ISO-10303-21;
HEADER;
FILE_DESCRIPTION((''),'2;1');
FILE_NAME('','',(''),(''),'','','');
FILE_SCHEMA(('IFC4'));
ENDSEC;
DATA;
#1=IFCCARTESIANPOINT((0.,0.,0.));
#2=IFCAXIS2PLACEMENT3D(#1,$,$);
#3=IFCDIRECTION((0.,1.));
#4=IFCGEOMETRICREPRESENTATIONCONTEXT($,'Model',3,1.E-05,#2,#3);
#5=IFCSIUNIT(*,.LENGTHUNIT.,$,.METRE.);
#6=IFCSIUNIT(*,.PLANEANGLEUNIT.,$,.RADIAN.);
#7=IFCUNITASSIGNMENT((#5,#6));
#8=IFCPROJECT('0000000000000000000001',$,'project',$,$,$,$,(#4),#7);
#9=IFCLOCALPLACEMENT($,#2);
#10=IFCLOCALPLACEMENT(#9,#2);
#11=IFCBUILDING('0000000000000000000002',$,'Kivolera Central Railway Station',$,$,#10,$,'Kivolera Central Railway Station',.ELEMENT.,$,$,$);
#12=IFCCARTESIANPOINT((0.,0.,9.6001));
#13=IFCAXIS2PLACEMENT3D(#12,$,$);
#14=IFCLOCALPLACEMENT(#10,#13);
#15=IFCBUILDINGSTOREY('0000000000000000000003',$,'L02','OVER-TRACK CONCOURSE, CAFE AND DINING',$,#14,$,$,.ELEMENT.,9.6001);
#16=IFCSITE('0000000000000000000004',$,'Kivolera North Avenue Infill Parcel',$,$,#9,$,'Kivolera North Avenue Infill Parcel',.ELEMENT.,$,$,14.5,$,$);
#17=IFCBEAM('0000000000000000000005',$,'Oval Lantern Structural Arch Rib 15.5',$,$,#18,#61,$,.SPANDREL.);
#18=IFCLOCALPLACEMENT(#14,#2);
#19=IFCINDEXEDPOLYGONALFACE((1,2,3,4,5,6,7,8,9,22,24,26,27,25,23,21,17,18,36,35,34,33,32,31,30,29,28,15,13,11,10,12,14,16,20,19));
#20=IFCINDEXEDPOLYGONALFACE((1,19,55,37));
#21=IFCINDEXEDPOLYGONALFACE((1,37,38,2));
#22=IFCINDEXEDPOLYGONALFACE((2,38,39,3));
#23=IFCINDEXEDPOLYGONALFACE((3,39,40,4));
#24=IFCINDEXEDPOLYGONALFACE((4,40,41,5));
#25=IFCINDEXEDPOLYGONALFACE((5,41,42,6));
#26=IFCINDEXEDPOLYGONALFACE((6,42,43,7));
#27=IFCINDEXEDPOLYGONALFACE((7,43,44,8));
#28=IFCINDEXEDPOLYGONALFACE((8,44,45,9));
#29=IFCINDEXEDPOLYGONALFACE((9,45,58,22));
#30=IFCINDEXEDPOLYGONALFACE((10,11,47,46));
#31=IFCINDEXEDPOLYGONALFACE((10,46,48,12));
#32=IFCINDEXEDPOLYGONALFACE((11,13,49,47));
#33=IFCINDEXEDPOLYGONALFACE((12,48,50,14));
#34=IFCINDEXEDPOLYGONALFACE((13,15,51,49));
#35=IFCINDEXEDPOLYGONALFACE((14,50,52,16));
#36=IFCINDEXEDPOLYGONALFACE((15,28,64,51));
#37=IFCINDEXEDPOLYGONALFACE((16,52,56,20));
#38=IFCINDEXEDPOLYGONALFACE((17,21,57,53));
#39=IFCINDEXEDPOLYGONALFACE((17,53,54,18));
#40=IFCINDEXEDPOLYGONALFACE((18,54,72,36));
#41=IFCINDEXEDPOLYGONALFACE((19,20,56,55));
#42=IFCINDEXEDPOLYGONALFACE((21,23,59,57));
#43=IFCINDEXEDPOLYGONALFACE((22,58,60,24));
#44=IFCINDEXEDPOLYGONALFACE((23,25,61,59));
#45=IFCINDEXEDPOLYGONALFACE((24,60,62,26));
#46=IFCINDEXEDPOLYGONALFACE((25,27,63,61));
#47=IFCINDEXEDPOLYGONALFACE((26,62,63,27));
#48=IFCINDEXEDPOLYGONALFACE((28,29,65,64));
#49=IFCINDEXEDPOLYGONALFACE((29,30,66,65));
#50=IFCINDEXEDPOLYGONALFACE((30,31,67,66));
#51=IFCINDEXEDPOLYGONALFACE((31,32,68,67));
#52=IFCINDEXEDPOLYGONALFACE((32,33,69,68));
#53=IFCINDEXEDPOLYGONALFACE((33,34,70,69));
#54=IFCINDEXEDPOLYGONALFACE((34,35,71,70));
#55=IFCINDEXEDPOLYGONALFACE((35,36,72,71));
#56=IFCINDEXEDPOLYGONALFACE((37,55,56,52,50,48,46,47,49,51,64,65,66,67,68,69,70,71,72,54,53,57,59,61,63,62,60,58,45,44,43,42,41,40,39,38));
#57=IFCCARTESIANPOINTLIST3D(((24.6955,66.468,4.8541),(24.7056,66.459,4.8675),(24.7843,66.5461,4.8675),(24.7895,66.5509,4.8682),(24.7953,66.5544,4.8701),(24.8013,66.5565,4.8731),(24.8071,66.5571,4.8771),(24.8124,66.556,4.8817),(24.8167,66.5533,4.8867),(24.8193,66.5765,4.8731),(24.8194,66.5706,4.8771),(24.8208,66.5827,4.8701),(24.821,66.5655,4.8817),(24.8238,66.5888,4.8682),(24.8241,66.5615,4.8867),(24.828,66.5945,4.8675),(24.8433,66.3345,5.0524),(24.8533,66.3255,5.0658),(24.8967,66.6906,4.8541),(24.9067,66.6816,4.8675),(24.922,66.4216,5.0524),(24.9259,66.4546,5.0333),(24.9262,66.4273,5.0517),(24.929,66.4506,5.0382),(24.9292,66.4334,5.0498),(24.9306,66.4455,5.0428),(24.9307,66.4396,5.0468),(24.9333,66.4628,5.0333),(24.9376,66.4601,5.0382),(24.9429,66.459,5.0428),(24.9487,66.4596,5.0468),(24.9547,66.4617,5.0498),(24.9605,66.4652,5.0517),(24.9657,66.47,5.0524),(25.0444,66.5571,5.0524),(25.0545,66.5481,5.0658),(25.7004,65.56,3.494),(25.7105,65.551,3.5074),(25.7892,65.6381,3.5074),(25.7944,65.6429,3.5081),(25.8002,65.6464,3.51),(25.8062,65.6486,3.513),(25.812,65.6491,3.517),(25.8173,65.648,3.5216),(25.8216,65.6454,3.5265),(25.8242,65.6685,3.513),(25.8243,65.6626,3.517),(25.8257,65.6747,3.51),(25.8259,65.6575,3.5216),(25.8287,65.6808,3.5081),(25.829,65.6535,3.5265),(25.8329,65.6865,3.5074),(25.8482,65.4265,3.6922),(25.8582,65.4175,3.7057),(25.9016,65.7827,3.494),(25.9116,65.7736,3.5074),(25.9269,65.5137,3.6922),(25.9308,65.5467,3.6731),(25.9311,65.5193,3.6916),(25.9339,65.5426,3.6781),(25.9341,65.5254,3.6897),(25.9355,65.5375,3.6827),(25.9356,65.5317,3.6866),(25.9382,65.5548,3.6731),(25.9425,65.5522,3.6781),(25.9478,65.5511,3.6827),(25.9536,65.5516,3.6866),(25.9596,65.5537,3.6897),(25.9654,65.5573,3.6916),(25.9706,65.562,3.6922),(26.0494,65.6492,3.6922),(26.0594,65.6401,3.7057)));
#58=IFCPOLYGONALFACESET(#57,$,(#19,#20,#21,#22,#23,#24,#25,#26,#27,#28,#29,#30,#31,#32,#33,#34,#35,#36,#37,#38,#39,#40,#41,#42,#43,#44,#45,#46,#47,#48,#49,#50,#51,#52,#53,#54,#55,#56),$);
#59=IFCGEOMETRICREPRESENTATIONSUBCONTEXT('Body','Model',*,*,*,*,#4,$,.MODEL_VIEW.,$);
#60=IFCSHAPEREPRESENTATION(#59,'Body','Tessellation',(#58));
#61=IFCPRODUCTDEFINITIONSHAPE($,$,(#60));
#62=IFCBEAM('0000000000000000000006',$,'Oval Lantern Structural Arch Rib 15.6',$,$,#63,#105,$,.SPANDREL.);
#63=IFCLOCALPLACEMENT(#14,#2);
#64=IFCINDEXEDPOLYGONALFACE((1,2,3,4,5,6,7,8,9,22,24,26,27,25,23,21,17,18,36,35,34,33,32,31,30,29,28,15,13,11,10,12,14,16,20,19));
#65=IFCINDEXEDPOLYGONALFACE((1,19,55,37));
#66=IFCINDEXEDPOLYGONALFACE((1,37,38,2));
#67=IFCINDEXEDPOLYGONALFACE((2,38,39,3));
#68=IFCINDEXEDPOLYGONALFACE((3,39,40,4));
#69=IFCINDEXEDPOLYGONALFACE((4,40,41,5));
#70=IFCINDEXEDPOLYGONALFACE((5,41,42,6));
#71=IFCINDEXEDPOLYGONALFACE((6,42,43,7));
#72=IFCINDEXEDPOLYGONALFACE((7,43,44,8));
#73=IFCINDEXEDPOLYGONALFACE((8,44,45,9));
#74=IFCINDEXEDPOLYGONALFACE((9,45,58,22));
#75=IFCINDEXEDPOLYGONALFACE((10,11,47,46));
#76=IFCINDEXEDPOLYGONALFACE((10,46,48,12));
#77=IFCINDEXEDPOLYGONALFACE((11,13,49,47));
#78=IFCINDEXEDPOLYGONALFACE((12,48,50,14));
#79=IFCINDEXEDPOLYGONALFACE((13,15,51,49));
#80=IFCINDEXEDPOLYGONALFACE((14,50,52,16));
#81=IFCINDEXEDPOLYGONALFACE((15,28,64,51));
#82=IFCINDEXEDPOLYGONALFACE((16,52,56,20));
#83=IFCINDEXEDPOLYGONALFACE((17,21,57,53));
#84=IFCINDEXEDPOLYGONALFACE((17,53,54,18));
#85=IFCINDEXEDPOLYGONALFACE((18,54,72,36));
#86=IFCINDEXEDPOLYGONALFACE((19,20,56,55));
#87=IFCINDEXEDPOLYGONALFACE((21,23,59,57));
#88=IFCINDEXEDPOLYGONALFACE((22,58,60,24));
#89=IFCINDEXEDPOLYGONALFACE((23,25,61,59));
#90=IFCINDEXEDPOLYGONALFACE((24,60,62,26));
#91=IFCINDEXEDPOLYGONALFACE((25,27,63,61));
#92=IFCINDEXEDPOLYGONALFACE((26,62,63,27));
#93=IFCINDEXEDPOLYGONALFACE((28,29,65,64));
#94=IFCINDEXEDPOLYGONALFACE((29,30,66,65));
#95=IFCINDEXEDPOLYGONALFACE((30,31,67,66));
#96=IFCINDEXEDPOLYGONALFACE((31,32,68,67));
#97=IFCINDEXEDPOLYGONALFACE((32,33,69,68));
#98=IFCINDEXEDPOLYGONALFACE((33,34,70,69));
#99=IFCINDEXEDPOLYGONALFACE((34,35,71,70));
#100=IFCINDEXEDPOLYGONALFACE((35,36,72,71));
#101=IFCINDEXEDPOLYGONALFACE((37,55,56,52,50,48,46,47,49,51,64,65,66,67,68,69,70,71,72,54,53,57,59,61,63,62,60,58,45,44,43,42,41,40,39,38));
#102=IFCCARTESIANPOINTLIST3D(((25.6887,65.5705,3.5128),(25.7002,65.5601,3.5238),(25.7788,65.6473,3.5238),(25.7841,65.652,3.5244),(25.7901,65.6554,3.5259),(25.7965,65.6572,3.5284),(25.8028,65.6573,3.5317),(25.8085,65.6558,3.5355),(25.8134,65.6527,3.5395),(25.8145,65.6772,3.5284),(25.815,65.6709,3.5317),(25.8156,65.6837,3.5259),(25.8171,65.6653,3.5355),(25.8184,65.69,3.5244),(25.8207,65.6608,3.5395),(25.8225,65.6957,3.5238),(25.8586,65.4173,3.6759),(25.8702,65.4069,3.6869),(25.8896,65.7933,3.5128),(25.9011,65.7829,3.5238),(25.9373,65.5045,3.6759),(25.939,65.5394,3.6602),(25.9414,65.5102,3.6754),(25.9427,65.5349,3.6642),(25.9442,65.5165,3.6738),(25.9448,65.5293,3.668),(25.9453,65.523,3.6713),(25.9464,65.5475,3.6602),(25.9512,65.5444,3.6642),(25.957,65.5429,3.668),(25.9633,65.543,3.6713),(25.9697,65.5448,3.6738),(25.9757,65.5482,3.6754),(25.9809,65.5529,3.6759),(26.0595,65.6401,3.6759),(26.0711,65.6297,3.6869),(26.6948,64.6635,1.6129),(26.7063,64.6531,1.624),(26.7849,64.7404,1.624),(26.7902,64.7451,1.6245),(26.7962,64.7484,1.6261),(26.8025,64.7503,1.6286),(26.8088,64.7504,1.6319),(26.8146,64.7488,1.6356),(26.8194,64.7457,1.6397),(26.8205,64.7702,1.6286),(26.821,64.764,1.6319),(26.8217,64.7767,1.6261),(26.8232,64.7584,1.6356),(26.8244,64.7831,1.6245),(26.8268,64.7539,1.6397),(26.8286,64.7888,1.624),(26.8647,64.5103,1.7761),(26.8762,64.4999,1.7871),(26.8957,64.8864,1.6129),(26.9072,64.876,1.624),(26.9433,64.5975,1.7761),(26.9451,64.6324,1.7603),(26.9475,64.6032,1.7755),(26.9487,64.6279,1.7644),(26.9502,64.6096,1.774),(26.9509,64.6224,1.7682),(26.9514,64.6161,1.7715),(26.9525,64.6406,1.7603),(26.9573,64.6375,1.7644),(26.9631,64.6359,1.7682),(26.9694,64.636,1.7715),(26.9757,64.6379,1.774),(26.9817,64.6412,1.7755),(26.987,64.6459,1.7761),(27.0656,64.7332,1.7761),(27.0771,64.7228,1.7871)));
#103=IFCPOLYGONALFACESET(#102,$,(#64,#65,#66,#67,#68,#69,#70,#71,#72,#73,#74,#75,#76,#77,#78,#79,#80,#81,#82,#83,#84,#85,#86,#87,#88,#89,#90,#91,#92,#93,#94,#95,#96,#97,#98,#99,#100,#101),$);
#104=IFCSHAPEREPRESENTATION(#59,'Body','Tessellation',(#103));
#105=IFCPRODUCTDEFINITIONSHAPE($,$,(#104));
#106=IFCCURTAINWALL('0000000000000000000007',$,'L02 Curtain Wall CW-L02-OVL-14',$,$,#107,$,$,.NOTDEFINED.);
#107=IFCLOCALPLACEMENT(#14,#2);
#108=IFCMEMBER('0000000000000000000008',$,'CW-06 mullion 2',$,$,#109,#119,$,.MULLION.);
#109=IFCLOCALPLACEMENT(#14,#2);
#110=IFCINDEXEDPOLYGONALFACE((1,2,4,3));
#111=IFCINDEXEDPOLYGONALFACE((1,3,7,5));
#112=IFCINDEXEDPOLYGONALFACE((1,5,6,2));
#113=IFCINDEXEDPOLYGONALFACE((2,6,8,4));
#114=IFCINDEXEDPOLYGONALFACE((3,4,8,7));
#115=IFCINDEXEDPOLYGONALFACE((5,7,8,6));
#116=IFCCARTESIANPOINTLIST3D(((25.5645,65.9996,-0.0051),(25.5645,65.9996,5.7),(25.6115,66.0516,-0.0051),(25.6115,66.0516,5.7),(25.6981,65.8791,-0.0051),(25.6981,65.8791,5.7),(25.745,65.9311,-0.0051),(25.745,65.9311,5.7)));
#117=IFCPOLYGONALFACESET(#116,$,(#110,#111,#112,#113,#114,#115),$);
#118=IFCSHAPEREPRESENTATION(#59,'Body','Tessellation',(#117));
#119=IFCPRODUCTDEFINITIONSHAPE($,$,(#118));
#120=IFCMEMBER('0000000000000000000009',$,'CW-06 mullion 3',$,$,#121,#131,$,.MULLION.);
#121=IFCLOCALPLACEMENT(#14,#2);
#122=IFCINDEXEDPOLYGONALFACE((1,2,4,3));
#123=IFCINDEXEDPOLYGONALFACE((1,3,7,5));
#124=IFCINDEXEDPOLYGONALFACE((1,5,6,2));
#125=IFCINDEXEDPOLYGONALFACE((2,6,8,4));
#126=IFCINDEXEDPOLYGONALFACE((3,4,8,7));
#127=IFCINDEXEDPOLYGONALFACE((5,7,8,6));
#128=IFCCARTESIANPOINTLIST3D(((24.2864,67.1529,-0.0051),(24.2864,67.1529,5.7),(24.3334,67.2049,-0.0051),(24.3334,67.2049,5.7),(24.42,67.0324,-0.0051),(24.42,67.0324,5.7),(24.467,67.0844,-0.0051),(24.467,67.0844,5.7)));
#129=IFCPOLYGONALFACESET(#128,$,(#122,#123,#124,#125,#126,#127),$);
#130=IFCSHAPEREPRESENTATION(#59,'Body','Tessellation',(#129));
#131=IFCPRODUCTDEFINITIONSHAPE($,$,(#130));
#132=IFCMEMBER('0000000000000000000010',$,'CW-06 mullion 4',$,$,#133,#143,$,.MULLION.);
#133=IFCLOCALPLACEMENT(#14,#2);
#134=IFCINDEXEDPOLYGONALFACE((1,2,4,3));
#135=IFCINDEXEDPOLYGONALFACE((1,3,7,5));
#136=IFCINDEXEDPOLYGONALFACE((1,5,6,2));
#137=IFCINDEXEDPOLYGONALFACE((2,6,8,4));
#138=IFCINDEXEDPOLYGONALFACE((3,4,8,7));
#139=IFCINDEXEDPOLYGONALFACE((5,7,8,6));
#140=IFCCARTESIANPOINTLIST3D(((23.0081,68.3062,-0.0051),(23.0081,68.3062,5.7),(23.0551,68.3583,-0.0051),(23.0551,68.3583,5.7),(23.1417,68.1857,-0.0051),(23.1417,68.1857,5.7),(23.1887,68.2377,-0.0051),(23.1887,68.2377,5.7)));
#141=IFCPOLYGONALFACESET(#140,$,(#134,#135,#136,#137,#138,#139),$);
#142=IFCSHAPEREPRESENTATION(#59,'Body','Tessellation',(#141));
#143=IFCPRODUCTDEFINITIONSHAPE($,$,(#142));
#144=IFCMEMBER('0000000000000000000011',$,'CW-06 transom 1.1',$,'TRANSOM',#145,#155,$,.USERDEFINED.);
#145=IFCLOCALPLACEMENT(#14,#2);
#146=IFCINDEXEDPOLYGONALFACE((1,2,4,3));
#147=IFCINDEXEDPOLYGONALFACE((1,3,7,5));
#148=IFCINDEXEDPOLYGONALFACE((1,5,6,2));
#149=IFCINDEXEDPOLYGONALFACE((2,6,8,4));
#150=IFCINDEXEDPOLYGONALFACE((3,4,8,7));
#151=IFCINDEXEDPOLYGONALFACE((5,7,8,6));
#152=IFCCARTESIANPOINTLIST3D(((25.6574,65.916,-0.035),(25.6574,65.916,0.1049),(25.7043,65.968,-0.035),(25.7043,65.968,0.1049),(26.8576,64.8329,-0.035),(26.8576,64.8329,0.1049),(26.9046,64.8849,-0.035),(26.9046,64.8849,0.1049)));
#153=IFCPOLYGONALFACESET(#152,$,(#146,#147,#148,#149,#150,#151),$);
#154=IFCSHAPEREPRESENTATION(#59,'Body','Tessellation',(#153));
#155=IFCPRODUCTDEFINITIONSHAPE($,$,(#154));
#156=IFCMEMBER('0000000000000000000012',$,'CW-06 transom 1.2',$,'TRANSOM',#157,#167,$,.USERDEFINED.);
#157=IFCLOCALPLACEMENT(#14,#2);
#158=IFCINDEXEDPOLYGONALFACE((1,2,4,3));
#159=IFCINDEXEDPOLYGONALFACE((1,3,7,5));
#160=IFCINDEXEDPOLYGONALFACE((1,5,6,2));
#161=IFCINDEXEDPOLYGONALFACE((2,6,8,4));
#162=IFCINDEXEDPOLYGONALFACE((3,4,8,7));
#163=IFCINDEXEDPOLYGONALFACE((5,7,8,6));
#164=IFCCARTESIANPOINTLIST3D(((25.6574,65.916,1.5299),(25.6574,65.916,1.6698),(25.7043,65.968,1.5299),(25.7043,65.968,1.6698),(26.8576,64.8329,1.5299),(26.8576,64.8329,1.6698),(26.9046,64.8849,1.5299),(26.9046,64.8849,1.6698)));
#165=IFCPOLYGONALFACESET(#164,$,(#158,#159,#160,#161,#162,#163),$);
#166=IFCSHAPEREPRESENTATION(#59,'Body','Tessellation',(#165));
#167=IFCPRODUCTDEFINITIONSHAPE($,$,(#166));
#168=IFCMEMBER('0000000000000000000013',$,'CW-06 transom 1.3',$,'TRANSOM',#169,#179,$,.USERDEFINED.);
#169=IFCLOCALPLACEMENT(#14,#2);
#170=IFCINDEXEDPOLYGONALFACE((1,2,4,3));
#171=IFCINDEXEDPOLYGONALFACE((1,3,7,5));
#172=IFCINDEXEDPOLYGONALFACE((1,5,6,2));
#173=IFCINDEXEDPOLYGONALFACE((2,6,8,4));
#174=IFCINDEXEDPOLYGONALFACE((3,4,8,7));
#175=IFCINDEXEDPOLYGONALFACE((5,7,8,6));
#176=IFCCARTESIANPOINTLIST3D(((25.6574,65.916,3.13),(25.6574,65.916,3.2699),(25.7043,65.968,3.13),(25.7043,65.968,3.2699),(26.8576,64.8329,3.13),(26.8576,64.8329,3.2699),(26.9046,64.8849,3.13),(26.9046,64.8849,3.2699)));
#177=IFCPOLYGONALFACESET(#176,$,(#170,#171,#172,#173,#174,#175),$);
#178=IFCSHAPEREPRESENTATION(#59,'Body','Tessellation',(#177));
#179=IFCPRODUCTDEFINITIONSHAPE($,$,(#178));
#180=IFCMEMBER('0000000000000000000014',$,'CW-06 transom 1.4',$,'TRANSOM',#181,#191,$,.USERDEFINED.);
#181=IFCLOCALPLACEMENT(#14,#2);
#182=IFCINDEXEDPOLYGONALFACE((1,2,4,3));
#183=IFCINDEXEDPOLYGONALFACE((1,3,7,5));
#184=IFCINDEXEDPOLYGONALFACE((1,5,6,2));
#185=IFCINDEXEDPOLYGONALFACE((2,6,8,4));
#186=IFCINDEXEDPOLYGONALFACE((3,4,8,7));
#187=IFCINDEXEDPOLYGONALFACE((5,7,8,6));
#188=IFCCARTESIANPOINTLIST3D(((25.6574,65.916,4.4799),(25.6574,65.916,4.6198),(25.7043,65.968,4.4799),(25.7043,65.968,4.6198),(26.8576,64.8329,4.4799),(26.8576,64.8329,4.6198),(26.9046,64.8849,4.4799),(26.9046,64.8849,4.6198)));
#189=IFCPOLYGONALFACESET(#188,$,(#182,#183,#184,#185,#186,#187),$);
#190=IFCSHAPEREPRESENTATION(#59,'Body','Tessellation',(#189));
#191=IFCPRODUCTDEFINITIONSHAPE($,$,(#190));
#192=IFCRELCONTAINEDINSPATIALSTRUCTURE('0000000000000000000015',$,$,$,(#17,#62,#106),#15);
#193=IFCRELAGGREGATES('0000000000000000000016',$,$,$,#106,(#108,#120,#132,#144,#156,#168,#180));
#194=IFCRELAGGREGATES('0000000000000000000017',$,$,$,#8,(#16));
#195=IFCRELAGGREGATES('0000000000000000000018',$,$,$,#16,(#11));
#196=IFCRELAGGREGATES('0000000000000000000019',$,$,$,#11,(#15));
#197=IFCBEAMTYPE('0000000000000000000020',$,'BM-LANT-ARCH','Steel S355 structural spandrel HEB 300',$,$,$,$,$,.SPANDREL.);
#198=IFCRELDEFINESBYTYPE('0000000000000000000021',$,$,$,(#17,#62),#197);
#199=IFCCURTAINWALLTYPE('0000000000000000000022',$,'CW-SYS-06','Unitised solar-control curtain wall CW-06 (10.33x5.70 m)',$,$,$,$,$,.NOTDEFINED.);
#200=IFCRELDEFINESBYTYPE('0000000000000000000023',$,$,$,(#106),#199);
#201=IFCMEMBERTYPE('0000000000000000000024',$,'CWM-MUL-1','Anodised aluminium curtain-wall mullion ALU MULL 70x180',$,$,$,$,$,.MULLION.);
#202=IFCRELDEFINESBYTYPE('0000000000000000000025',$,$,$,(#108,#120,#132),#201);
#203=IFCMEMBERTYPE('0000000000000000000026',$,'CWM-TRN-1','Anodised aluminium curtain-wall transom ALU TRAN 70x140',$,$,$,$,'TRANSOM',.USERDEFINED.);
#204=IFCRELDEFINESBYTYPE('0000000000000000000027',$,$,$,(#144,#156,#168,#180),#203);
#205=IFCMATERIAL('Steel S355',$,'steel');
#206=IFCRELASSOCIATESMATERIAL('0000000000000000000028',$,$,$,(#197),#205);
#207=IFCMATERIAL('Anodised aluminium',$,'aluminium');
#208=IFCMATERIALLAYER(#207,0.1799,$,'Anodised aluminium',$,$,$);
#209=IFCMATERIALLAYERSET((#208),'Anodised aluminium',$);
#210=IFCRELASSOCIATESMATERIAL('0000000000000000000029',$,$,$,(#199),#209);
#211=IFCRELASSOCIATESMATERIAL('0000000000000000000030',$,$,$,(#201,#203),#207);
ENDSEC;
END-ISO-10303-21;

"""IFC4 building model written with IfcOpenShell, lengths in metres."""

from ifc_helpers import new_model, si_unit, direction, frame, origin, origin_2d, place, context, subcontext, project, spatial, rectangle, i_section, extrude, material, layer, layer_set, material_profile, profile_set, type_object, element, aggregate, save


model = new_model("IFC4")

# Units and contexts
model_context = context("Model", 3, precision=1e-05, world=origin(), true_north=direction((0.0, 1.0)))
body_context = subcontext(model_context, "Body", "Model", "MODEL_VIEW")
ifc_project = project(units=[si_unit("LENGTHUNIT", "METRE"), si_unit("PLANEANGLEUNIT", "RADIAN")], contexts=[model_context])

# Site, building, storey
site_placement = place(None, origin())
site = spatial("IfcSite", under=ifc_project, at=site_placement, Name="Kivolera North Avenue Infill Parcel", LongName="Kivolera North Avenue Infill Parcel", CompositionType="ELEMENT", RefElevation=14.5)
building_placement = place(site_placement, origin())
building = spatial("IfcBuilding", under=site, at=building_placement, Name="Kivolera Central Railway Station", LongName="Kivolera Central Railway Station", CompositionType="ELEMENT")
storey_placement = place(building_placement, frame((0.0, 0.0, 9.6001)))
storey = spatial("IfcBuildingStorey", under=building, at=storey_placement, Name="L02", Description="OVER-TRACK CONCOURSE, CAFE AND DINING", CompositionType="ELEMENT", Elevation=9.6001)

# Beams
ifc_material_1 = material(Name="Steel S355", Category="steel")
ifc_material_profile_1 = material_profile(ifc_material_1, i_section(OverallWidth=0.3, OverallDepth=0.3, WebThickness=0.011, FlangeThickness=0.019, FilletRadius=0.0271, at=origin_2d()), Name="HEB 300")
ifc_profile_set_1 = profile_set([ifc_material_profile_1], Name="Steel S355")
beam_type = type_object("IfcBeamType", Name="BM-LANT-ARCH", Description="Steel S355 structural spandrel HEB 300", PredefinedType="SPANDREL", material=ifc_profile_set_1)
beam_1_placement = place(storey_placement, frame((24.875, 66.5081, 4.96), z_axis=(0.523542, -0.473045, -0.708613), x_axis=(0.670418, 0.741984, 0.0)))
element("IfcBeam", 1, at=beam_1_placement, inside=storey, type_object=beam_type, Name="Oval Lantern Structural Arch Rib 15.5", PredefinedType="SPANDREL", context=body_context, shape_type="SweptSolid", body=[
    extrude(i_section(OverallWidth=0.3, OverallDepth=0.3, WebThickness=0.011, FlangeThickness=0.019, FilletRadius=0.0271, at=origin_2d()), origin(), (0.0, 0.0, 1.0), 1.9194),
])
beam_2_placement = place(storey_placement, frame((25.8799, 65.6001, 3.5999), z_axis=(0.431185, -0.388705, -0.81424), x_axis=(0.669572, 0.742747, 0.0)))
element("IfcBeam", 2, at=beam_2_placement, inside=storey, type_object=beam_type, Name="Oval Lantern Structural Arch Rib 15.6", PredefinedType="SPANDREL", context=body_context, shape_type="SweptSolid", body=[
    extrude(i_section(OverallWidth=0.3, OverallDepth=0.3, WebThickness=0.011, FlangeThickness=0.019, FilletRadius=0.0271, at=origin_2d()), origin(), (0.0, 0.0, 1.0), 2.3333),
])

# Curtain wall, members
ifc_material_2 = material(Name="Anodised aluminium", Category="aluminium")
ifc_layer_1 = layer(ifc_material_2, 0.1799, Name="Anodised aluminium")
ifc_layer_set_1 = layer_set([ifc_layer_1], Name="Anodised aluminium")
curtain_wall_type = type_object("IfcCurtainWallType", Name="CW-SYS-06", Description="Unitised solar-control curtain wall CW-06 (10.33x5.70 m)", PredefinedType="NOTDEFINED", material=ifc_layer_set_1)
curtain_wall_placement = place(storey_placement, origin())
curtain_wall = element("IfcCurtainWall", 3, at=curtain_wall_placement, inside=storey, type_object=curtain_wall_type, Name="L02 Curtain Wall CW-L02-OVL-14", PredefinedType="NOTDEFINED")
ifc_material_profile_2 = material_profile(ifc_material_2, rectangle(XDim=0.0701, YDim=0.1799, at=origin_2d()), Name="ALU MULL 70x180")
ifc_profile_set_2 = profile_set([ifc_material_profile_2], Name="Anodised aluminium")
member_type_1 = type_object("IfcMemberType", Name="CWM-MUL-1", Description="Anodised aluminium curtain-wall mullion ALU MULL 70x180", PredefinedType="MULLION", material=ifc_profile_set_2)
member_1_placement = place(storey_placement, frame((25.6548, 65.9653, -0.0051), z_axis=(0.0, 0.0, 1.0), x_axis=(-0.669922, -0.742432, 0.0)))
member_1 = element("IfcMember", 4, at=member_1_placement, type_object=member_type_1, Name="CW-06 mullion 2", PredefinedType="MULLION", context=body_context, shape_type="SweptSolid", body=[
    extrude(rectangle(XDim=0.0701, YDim=0.1799, at=origin_2d()), origin(), (0.0, 0.0, 1.0), 5.7051),
])
member_2_placement = place(storey_placement, frame((24.3767, 67.1187, -0.0051), z_axis=(0.0, 0.0, 1.0), x_axis=(-0.669922, -0.742432, 0.0)))
member_2 = element("IfcMember", 5, at=member_2_placement, type_object=member_type_1, Name="CW-06 mullion 3", PredefinedType="MULLION", context=body_context, shape_type="SweptSolid", body=[
    extrude(rectangle(XDim=0.0701, YDim=0.1799, at=origin_2d()), origin(), (0.0, 0.0, 1.0), 5.7051),
])
member_3_placement = place(storey_placement, frame((23.0984, 68.272, -0.0051), z_axis=(0.0, 0.0, 1.0), x_axis=(-0.669922, -0.742432, 0.0)))
member_3 = element("IfcMember", 6, at=member_3_placement, type_object=member_type_1, Name="CW-06 mullion 4", PredefinedType="MULLION", context=body_context, shape_type="SweptSolid", body=[
    extrude(rectangle(XDim=0.0701, YDim=0.1799, at=origin_2d()), origin(), (0.0, 0.0, 1.0), 5.7051),
])
ifc_material_profile_3 = material_profile(ifc_material_2, rectangle(XDim=0.0701, YDim=0.1399, at=origin_2d()), Name="ALU TRAN 70x140")
ifc_profile_set_3 = profile_set([ifc_material_profile_3], Name="Anodised aluminium")
member_type_2 = type_object("IfcMemberType", Name="CWM-TRN-1", Description="Anodised aluminium curtain-wall transom ALU TRAN 70x140", ElementType="TRANSOM", PredefinedType="USERDEFINED", material=ifc_profile_set_3)
member_4_placement = place(storey_placement, frame((26.8811, 64.8589, 0.0349), z_axis=(-0.742422, 0.669932, 0.0), x_axis=(-0.669932, -0.742422, 0.0)))
member_4 = element("IfcMember", 7, at=member_4_placement, type_object=member_type_2, Name="CW-06 transom 1.1", ObjectType="TRANSOM", PredefinedType="USERDEFINED", context=body_context, shape_type="SweptSolid", body=[
    extrude(rectangle(XDim=0.0701, YDim=0.1399, at=origin_2d()), origin(), (0.0, 0.0, 1.0), 1.6167),
])
member_5_placement = place(storey_placement, frame((26.8811, 64.8589, 1.5999), z_axis=(-0.742422, 0.669932, 0.0), x_axis=(-0.669932, -0.742422, 0.0)))
member_5 = element("IfcMember", 8, at=member_5_placement, type_object=member_type_2, Name="CW-06 transom 1.2", ObjectType="TRANSOM", PredefinedType="USERDEFINED", context=body_context, shape_type="SweptSolid", body=[
    extrude(rectangle(XDim=0.0701, YDim=0.1399, at=origin_2d()), origin(), (0.0, 0.0, 1.0), 1.6167),
])
member_6_placement = place(storey_placement, frame((26.8811, 64.8589, 3.2), z_axis=(-0.742422, 0.669932, 0.0), x_axis=(-0.669932, -0.742422, 0.0)))
member_6 = element("IfcMember", 9, at=member_6_placement, type_object=member_type_2, Name="CW-06 transom 1.3", ObjectType="TRANSOM", PredefinedType="USERDEFINED", context=body_context, shape_type="SweptSolid", body=[
    extrude(rectangle(XDim=0.0701, YDim=0.1399, at=origin_2d()), origin(), (0.0, 0.0, 1.0), 1.6167),
])
member_7_placement = place(storey_placement, frame((26.8811, 64.8589, 4.5498), z_axis=(-0.742422, 0.669932, 0.0), x_axis=(-0.669932, -0.742422, 0.0)))
member_7 = element("IfcMember", 10, at=member_7_placement, type_object=member_type_2, Name="CW-06 transom 1.4", ObjectType="TRANSOM", PredefinedType="USERDEFINED", context=body_context, shape_type="SweptSolid", body=[
    extrude(rectangle(XDim=0.0701, YDim=0.1399, at=origin_2d()), origin(), (0.0, 0.0, 1.0), 1.6167),
])
aggregate(curtain_wall, [member_1, member_2, member_3, member_4, member_5, member_6, member_7])

save(model, "model.ifc")
